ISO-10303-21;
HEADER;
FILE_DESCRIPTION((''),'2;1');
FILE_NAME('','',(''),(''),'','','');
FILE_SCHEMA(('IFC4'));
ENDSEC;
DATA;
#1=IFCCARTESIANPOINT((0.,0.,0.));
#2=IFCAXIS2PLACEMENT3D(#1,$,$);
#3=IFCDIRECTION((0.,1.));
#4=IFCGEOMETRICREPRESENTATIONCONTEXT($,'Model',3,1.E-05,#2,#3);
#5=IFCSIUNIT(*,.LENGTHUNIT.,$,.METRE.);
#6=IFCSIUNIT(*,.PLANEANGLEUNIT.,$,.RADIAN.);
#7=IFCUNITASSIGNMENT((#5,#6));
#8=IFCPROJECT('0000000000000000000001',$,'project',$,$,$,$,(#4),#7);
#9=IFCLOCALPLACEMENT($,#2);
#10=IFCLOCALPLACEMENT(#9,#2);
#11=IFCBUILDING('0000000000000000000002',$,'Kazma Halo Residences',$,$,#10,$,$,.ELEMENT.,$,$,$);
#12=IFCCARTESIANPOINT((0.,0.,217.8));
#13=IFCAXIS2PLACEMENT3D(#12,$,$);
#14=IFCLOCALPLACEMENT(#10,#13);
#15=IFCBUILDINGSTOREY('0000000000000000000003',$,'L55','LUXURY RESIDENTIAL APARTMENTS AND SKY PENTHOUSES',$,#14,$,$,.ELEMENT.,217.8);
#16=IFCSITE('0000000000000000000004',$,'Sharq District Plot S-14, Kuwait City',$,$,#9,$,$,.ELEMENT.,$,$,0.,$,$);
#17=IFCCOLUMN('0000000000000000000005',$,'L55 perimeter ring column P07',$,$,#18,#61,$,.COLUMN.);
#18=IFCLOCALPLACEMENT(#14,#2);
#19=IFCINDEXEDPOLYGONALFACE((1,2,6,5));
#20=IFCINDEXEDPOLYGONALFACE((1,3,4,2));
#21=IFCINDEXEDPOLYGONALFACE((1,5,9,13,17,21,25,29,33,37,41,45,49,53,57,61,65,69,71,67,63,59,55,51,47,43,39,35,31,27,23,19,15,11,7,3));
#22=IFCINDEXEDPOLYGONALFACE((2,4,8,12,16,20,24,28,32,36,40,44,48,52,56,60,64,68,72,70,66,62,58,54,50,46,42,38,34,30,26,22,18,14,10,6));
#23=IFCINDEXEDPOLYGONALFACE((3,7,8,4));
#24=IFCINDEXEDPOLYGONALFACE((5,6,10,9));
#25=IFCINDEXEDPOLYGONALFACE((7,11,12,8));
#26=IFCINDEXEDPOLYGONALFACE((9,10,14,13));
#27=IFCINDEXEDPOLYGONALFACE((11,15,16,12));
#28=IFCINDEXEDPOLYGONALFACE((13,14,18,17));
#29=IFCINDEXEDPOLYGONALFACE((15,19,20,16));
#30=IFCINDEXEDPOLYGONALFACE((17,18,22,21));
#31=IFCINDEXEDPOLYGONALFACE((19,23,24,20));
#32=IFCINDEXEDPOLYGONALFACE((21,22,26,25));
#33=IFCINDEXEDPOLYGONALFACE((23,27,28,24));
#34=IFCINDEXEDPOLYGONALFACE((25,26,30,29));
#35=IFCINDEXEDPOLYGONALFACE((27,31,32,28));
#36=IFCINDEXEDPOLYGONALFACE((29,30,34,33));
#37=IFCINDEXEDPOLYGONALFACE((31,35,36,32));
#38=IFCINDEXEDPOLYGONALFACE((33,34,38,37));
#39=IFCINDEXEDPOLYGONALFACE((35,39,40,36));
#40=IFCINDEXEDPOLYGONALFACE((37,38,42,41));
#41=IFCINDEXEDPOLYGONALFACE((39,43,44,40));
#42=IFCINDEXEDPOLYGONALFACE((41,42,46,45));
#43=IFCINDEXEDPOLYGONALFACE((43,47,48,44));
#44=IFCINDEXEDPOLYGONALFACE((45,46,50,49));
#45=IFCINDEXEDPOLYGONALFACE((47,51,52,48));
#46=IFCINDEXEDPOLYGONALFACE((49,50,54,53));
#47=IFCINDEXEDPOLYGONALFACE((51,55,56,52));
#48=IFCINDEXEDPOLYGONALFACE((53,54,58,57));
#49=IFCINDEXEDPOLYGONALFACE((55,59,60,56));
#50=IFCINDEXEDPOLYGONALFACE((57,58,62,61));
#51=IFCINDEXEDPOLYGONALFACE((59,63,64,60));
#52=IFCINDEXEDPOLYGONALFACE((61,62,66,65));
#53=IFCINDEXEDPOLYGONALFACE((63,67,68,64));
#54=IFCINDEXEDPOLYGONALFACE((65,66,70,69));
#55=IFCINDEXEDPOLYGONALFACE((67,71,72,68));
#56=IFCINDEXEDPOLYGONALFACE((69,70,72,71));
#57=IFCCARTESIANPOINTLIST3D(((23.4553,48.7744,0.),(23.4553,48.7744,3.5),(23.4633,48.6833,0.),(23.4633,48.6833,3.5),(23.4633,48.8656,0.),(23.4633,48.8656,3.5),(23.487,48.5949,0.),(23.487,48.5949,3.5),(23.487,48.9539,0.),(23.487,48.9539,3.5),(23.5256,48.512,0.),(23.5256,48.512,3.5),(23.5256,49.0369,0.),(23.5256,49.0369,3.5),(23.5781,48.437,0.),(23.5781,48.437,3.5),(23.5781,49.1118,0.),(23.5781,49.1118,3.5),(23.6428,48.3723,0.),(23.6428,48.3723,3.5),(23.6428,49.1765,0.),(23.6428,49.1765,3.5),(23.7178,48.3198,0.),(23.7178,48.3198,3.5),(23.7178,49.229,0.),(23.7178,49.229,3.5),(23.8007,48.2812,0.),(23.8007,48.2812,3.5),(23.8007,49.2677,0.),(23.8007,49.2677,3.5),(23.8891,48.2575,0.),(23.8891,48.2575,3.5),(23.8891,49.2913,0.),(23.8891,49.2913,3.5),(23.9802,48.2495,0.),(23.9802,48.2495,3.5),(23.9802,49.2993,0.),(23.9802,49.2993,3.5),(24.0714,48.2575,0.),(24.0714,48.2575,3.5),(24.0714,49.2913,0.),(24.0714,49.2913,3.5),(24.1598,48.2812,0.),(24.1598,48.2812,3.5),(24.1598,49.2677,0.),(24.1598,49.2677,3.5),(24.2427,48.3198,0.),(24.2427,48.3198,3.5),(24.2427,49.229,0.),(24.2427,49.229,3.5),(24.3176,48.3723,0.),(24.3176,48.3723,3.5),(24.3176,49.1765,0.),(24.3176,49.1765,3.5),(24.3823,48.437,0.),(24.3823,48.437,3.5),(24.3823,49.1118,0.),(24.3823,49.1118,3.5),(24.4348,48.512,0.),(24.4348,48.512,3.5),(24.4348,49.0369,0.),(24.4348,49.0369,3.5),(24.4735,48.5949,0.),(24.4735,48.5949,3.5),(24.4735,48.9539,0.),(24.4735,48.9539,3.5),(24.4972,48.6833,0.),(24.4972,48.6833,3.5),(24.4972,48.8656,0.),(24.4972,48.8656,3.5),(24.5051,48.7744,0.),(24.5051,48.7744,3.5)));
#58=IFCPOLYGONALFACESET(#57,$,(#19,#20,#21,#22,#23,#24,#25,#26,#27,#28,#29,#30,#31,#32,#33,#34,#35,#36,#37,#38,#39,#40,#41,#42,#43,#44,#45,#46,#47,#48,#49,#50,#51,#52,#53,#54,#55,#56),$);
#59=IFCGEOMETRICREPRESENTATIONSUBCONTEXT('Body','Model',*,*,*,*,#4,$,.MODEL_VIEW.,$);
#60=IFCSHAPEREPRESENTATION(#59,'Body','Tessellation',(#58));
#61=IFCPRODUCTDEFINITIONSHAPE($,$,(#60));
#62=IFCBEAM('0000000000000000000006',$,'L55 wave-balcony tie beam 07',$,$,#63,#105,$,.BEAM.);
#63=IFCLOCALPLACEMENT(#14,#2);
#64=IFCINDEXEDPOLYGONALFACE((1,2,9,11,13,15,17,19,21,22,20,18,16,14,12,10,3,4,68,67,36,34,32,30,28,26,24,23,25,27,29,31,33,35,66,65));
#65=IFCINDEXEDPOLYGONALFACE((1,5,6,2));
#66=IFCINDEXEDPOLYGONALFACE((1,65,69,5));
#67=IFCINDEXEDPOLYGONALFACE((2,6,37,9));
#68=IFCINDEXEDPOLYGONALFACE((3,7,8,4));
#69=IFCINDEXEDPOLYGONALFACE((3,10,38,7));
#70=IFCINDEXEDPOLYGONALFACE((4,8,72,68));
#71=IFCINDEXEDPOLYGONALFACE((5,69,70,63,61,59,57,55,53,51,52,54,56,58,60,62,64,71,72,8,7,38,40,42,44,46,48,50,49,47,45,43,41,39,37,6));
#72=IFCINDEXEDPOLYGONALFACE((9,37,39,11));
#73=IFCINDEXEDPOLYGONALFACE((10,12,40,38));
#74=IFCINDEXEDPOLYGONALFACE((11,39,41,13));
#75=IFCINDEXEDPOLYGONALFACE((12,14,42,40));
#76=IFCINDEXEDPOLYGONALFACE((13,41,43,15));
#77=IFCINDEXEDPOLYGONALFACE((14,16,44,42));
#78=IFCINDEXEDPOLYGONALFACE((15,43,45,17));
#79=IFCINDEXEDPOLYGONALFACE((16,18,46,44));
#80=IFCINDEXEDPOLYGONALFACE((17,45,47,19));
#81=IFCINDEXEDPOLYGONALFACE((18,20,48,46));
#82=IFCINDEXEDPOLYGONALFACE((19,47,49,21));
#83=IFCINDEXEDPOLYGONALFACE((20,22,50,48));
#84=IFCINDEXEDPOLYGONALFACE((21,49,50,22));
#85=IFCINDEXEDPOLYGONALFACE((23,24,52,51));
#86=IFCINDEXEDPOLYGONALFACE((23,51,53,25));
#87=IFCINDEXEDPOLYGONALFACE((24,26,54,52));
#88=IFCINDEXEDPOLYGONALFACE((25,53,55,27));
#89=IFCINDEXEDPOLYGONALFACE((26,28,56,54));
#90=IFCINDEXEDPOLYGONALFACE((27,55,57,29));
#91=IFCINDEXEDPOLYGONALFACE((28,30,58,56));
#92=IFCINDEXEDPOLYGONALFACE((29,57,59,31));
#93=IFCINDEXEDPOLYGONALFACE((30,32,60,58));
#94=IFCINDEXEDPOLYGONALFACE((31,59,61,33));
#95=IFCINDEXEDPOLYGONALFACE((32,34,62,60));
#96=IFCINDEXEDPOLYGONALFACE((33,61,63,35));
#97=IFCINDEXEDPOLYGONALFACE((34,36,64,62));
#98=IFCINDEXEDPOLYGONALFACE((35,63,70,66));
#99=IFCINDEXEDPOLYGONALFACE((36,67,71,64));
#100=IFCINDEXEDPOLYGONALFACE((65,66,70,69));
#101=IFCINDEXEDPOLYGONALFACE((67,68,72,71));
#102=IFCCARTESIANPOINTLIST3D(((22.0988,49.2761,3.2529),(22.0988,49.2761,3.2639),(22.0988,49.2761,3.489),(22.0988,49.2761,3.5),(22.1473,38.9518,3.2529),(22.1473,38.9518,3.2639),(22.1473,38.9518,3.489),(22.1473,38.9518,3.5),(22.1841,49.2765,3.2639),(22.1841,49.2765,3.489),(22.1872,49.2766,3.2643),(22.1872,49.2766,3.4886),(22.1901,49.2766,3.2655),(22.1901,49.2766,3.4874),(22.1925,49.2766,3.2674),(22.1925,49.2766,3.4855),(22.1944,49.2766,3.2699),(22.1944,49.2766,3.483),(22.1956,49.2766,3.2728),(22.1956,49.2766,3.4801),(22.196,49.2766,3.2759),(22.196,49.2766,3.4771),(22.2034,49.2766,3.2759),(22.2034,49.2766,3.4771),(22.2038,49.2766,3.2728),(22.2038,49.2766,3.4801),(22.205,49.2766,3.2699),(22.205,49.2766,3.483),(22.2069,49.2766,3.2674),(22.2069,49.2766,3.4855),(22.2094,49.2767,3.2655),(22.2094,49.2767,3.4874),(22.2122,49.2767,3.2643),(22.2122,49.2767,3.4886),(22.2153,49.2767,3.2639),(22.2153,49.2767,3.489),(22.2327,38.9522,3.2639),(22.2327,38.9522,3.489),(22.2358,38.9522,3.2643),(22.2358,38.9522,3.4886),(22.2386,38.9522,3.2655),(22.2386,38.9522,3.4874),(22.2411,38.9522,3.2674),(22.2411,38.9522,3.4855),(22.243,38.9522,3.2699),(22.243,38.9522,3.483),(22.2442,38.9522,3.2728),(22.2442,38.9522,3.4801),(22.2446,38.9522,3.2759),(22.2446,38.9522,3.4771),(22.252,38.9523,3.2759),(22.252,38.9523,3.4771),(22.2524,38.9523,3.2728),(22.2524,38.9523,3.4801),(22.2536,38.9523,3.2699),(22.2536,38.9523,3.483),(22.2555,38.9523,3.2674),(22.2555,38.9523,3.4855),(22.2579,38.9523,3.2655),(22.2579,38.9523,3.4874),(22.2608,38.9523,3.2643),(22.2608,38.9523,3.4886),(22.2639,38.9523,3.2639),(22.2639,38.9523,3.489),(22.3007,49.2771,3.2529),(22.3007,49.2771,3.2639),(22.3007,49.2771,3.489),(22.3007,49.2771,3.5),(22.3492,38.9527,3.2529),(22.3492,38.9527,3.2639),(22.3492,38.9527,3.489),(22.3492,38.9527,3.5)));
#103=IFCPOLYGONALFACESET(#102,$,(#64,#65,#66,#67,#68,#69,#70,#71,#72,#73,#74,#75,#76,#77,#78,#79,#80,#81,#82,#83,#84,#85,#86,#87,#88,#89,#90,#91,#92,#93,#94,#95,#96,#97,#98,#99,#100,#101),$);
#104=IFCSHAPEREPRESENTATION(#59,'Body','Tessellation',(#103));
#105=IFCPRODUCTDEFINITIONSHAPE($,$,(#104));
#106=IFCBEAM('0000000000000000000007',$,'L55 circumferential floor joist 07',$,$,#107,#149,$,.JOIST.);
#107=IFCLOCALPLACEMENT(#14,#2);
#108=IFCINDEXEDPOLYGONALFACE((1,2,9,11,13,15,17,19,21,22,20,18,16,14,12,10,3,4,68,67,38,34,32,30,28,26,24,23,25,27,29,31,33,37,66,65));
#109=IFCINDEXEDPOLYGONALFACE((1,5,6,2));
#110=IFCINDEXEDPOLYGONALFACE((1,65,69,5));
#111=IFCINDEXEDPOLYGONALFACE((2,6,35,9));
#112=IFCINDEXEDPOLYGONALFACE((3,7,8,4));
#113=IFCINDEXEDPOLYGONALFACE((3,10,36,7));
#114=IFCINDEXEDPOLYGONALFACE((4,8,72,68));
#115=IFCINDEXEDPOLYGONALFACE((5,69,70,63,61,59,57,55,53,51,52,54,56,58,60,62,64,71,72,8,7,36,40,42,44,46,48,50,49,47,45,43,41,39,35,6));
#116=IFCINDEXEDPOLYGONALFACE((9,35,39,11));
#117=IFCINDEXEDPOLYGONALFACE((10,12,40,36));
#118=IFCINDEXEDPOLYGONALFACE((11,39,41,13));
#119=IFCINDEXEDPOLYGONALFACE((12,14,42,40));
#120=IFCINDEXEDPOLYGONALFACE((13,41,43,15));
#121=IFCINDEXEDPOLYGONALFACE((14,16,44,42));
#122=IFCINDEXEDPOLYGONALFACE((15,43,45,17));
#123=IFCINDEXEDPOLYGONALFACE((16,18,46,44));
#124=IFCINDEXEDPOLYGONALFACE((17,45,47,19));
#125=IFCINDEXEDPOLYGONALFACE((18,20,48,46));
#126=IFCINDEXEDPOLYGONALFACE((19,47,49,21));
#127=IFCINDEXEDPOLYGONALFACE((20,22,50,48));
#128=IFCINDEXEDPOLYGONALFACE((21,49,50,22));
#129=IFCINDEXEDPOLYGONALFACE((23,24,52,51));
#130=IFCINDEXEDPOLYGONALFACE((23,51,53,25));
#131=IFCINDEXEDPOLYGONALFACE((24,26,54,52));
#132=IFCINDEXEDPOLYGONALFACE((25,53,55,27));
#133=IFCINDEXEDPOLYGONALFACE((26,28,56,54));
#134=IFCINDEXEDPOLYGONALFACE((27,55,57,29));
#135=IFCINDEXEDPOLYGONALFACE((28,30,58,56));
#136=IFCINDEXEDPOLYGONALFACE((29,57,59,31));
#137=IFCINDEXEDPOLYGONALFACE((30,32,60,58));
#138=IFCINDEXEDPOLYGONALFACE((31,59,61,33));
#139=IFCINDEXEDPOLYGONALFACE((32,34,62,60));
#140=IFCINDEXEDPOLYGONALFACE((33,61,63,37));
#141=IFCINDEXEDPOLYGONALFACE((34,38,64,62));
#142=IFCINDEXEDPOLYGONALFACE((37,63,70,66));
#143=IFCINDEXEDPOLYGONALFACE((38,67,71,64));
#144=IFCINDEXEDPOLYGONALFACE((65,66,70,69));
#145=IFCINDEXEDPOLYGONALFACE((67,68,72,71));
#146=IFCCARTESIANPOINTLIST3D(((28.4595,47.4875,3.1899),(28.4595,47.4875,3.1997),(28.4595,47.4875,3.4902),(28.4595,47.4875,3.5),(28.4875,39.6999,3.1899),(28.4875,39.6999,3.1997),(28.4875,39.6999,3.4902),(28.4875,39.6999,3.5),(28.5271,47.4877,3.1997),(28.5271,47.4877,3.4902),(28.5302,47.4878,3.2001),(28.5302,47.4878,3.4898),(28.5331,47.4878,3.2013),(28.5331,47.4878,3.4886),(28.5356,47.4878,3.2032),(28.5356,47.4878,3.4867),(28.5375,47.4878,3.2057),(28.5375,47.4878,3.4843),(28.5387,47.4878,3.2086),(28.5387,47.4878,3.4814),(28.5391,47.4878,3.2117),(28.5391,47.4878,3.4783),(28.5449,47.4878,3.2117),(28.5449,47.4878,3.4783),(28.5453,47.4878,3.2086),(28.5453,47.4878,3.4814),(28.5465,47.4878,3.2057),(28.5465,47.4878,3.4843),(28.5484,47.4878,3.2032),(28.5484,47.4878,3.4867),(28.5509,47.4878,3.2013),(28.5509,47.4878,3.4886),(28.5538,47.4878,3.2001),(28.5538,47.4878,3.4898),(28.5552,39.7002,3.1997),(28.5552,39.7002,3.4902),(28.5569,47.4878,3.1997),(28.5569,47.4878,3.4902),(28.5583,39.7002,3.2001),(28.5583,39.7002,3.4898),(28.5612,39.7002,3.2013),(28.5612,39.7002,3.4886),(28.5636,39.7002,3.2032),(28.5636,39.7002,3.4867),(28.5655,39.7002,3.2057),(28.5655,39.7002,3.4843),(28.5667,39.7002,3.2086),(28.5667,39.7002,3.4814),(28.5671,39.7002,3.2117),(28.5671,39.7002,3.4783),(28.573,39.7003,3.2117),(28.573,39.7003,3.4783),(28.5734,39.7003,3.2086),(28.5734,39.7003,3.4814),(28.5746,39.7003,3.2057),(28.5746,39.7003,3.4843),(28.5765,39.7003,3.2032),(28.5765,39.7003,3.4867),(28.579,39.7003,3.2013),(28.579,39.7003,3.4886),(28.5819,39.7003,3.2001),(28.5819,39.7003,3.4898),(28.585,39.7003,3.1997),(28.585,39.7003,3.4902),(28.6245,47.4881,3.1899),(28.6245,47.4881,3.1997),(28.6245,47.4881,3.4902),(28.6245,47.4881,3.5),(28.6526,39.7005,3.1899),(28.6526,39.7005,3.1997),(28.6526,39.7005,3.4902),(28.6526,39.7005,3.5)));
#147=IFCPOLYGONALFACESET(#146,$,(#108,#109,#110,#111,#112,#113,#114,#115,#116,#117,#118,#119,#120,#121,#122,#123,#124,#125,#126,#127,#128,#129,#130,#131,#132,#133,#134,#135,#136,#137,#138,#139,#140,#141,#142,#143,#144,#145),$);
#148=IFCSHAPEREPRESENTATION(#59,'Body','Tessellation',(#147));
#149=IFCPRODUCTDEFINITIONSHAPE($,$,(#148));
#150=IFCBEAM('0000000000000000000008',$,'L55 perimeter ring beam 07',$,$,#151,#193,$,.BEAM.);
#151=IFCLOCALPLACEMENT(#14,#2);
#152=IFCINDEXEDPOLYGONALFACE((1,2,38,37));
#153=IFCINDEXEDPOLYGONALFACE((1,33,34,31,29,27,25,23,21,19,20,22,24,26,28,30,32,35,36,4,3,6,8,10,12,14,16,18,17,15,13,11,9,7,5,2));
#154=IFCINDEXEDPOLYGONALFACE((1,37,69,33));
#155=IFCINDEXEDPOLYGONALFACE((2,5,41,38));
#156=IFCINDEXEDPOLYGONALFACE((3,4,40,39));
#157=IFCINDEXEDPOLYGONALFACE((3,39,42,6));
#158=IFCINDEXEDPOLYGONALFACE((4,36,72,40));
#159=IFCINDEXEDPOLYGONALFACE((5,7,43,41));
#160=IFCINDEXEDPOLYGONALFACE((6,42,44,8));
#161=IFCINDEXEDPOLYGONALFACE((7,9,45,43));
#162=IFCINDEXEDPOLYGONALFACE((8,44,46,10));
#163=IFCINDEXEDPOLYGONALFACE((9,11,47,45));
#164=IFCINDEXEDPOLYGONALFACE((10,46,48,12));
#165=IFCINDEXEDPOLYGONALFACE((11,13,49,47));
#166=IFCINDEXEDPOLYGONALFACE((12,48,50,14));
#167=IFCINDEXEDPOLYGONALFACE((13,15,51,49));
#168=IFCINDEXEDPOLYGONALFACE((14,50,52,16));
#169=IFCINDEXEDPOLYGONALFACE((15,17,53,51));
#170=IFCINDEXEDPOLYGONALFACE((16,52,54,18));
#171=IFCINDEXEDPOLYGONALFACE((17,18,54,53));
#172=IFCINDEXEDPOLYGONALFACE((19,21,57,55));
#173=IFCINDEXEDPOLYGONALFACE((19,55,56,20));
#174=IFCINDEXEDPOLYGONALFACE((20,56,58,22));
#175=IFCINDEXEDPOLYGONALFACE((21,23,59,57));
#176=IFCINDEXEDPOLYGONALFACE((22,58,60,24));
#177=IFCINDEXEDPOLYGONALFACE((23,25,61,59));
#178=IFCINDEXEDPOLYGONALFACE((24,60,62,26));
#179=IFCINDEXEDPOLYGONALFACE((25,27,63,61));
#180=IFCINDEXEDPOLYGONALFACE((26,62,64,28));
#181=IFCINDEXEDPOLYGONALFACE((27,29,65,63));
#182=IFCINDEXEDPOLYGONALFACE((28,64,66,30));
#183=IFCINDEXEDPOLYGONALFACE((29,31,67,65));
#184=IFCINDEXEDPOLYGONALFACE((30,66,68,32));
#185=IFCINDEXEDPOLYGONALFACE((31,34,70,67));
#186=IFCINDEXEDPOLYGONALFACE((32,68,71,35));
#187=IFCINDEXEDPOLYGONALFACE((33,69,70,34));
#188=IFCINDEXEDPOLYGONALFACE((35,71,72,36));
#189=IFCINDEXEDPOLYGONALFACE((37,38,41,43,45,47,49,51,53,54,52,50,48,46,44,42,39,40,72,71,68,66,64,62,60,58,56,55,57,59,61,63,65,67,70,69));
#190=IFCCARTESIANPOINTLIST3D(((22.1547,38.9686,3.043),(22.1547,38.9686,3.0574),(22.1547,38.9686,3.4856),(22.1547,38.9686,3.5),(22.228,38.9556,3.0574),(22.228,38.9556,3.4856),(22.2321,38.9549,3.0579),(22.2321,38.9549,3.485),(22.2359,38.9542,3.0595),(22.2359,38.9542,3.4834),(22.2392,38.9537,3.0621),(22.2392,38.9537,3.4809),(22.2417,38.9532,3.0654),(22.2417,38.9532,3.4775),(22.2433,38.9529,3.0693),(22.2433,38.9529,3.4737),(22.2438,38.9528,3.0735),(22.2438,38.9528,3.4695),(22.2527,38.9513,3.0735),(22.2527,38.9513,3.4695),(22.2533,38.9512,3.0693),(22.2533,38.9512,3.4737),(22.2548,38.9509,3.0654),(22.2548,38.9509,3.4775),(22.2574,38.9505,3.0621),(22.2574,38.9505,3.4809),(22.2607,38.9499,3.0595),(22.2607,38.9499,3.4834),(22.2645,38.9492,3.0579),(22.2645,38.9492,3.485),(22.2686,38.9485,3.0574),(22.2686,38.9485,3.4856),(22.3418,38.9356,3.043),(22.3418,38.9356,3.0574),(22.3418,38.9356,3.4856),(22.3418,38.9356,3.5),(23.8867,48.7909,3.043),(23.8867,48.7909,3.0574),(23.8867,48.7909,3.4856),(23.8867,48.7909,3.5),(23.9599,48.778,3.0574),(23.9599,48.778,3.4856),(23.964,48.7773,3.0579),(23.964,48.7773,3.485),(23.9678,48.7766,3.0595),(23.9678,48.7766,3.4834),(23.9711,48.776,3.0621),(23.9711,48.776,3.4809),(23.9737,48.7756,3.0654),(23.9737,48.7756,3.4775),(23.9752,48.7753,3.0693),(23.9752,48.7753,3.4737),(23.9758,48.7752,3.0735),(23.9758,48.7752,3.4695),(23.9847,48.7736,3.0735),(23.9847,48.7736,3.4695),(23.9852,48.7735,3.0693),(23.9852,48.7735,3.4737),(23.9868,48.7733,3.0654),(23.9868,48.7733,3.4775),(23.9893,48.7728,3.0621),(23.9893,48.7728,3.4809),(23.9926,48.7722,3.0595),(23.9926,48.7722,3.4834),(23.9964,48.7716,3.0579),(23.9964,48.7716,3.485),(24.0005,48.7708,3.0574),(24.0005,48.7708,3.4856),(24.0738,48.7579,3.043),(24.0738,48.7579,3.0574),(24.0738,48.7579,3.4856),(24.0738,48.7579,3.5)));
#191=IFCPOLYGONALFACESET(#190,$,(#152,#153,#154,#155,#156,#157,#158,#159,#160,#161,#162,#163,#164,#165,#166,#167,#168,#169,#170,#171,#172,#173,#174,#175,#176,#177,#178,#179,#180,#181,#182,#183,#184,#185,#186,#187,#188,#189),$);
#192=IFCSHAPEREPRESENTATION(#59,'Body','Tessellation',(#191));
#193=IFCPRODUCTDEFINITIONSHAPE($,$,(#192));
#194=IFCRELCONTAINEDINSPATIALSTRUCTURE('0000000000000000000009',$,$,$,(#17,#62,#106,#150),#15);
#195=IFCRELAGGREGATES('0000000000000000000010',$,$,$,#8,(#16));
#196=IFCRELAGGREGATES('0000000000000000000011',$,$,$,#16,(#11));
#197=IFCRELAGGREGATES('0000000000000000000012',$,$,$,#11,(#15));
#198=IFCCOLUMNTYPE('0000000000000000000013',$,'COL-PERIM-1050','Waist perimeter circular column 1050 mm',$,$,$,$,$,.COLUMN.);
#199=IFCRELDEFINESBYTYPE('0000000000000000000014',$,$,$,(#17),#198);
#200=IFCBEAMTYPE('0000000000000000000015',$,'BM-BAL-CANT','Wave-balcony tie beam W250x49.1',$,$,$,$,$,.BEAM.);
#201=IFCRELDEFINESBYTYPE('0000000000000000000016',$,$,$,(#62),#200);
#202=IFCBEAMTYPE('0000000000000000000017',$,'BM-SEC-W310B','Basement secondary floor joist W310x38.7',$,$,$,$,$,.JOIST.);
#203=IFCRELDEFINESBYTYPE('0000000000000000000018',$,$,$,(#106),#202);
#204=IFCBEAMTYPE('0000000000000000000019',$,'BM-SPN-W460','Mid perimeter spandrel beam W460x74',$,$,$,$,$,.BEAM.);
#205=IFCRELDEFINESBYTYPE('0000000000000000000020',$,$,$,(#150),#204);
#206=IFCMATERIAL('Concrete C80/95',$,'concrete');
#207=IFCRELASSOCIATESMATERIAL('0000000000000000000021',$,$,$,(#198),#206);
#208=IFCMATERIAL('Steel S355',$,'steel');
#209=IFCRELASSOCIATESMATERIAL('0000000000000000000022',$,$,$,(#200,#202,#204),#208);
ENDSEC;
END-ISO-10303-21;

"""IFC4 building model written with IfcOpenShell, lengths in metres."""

from ifc_helpers import new_model, si_unit, direction, frame, origin, origin_2d, place, context, subcontext, project, spatial, circle, i_section, extrude, material, material_profile, profile_set, type_object, element, save


model = new_model("IFC4")

# Units and contexts
model_context = context("Model", 3, precision=1e-05, world=origin(), true_north=direction((0.0, 1.0)))
body_context = subcontext(model_context, "Body", "Model", "MODEL_VIEW")
ifc_project = project(units=[si_unit("LENGTHUNIT", "METRE"), si_unit("PLANEANGLEUNIT", "RADIAN")], contexts=[model_context])

# Site, building, storey
site_placement = place(None, origin())
site = spatial("IfcSite", under=ifc_project, at=site_placement, Name="Sharq District Plot S-14, Kuwait City", CompositionType="ELEMENT", RefElevation=0.0)
building_placement = place(site_placement, origin())
building = spatial("IfcBuilding", under=site, at=building_placement, Name="Kazma Halo Residences", CompositionType="ELEMENT")
storey_placement = place(building_placement, frame((0.0, 0.0, 217.8)))
storey = spatial("IfcBuildingStorey", under=building, at=storey_placement, Name="L55", Description="LUXURY RESIDENTIAL APARTMENTS AND SKY PENTHOUSES", CompositionType="ELEMENT", Elevation=217.8)

# Column
ifc_material_1 = material(Name="Concrete C80/95", Category="concrete")
ifc_material_profile_1 = material_profile(ifc_material_1, circle(Radius=0.5249, at=origin_2d()), Name="CIRC1050")
ifc_profile_set_1 = profile_set([ifc_material_profile_1], Name="Concrete C80/95")
column_type = type_object("IfcColumnType", Name="COL-PERIM-1050", Description="Waist perimeter circular column 1050 mm", PredefinedType="COLUMN", material=ifc_profile_set_1)
column_placement = place(storey_placement, frame((23.9802, 48.7744, 0.0), z_axis=(0.0, 0.0, 1.0), x_axis=(1.0, 0.0, 0.0)))
element("IfcColumn", 1, at=column_placement, inside=storey, type_object=column_type, Name="L55 perimeter ring column P07", PredefinedType="COLUMN", context=body_context, shape_type="SweptSolid", body=[
    extrude(circle(Radius=0.5249, at=origin_2d()), origin(), (0.0, 0.0, 1.0), 3.5),
])

# Beams
ifc_material_2 = material(Name="Steel S355", Category="steel")
ifc_material_profile_2 = material_profile(ifc_material_2, i_section(OverallWidth=0.2019, OverallDepth=0.2471, WebThickness=0.0073, FlangeThickness=0.011, FilletRadius=0.012, at=origin_2d()), Name="W250x49.1")
ifc_profile_set_2 = profile_set([ifc_material_profile_2], Name="Steel S355")
beam_type_1 = type_object("IfcBeamType", Name="BM-BAL-CANT", Description="Wave-balcony tie beam W250x49.1", PredefinedType="BEAM", material=ifc_profile_set_2)
beam_1_placement = place(storey_placement, frame((22.1997, 49.2766, 3.3765), z_axis=(0.004706, -0.999989, 0.0), x_axis=(0.999989, 0.004706, 0.0)))
element("IfcBeam", 2, at=beam_1_placement, inside=storey, type_object=beam_type_1, Name="L55 wave-balcony tie beam 07", PredefinedType="BEAM", context=body_context, shape_type="SweptSolid", body=[
    extrude(i_section(OverallWidth=0.2019, OverallDepth=0.2471, WebThickness=0.0073, FlangeThickness=0.011, FilletRadius=0.012, at=origin_2d()), origin(), (0.0, 0.0, 1.0), 10.3245),
])
ifc_material_profile_3 = material_profile(ifc_material_2, i_section(OverallWidth=0.165, OverallDepth=0.3101, WebThickness=0.0059, FlangeThickness=0.0098, FilletRadius=0.012, at=origin_2d()), Name="W310x38.7")
ifc_profile_set_3 = profile_set([ifc_material_profile_3], Name="Steel S355")
beam_type_2 = type_object("IfcBeamType", Name="BM-SEC-W310B", Description="Basement secondary floor joist W310x38.7", PredefinedType="JOIST", material=ifc_profile_set_3)
beam_2_placement = place(storey_placement, frame((28.542, 47.4878, 3.345), z_axis=(0.003605, -0.999994, 0.0), x_axis=(0.999994, 0.003605, 0.0)))
element("IfcBeam", 3, at=beam_2_placement, inside=storey, type_object=beam_type_2, Name="L55 circumferential floor joist 07", PredefinedType="JOIST", context=body_context, shape_type="SweptSolid", body=[
    extrude(i_section(OverallWidth=0.165, OverallDepth=0.3101, WebThickness=0.0059, FlangeThickness=0.0098, FilletRadius=0.012, at=origin_2d()), origin(), (0.0, 0.0, 1.0), 7.7876),
])
ifc_material_profile_4 = material_profile(ifc_material_2, i_section(OverallWidth=0.1899, OverallDepth=0.457, WebThickness=0.009, FlangeThickness=0.0144, FilletRadius=0.0161, at=origin_2d()), Name="W460x74")
ifc_profile_set_4 = profile_set([ifc_material_profile_4], Name="Steel S355")
beam_type_3 = type_object("IfcBeamType", Name="BM-SPN-W460", Description="Mid perimeter spandrel beam W460x74", PredefinedType="BEAM", material=ifc_profile_set_4)
beam_3_placement = place(storey_placement, frame((23.9802, 48.7744, 3.2715), z_axis=(-0.173648, -0.984808, 0.0), x_axis=(0.984808, -0.173648, 0.0)))
element("IfcBeam", 4, at=beam_3_placement, inside=storey, type_object=beam_type_3, Name="L55 perimeter ring beam 07", PredefinedType="BEAM", context=body_context, shape_type="SweptSolid", body=[
    extrude(i_section(OverallWidth=0.1899, OverallDepth=0.457, WebThickness=0.009, FlangeThickness=0.0144, FilletRadius=0.0161, at=origin_2d()), origin(), (0.0, 0.0, 1.0), 9.9739),
])

save(model, "model.ifc")
